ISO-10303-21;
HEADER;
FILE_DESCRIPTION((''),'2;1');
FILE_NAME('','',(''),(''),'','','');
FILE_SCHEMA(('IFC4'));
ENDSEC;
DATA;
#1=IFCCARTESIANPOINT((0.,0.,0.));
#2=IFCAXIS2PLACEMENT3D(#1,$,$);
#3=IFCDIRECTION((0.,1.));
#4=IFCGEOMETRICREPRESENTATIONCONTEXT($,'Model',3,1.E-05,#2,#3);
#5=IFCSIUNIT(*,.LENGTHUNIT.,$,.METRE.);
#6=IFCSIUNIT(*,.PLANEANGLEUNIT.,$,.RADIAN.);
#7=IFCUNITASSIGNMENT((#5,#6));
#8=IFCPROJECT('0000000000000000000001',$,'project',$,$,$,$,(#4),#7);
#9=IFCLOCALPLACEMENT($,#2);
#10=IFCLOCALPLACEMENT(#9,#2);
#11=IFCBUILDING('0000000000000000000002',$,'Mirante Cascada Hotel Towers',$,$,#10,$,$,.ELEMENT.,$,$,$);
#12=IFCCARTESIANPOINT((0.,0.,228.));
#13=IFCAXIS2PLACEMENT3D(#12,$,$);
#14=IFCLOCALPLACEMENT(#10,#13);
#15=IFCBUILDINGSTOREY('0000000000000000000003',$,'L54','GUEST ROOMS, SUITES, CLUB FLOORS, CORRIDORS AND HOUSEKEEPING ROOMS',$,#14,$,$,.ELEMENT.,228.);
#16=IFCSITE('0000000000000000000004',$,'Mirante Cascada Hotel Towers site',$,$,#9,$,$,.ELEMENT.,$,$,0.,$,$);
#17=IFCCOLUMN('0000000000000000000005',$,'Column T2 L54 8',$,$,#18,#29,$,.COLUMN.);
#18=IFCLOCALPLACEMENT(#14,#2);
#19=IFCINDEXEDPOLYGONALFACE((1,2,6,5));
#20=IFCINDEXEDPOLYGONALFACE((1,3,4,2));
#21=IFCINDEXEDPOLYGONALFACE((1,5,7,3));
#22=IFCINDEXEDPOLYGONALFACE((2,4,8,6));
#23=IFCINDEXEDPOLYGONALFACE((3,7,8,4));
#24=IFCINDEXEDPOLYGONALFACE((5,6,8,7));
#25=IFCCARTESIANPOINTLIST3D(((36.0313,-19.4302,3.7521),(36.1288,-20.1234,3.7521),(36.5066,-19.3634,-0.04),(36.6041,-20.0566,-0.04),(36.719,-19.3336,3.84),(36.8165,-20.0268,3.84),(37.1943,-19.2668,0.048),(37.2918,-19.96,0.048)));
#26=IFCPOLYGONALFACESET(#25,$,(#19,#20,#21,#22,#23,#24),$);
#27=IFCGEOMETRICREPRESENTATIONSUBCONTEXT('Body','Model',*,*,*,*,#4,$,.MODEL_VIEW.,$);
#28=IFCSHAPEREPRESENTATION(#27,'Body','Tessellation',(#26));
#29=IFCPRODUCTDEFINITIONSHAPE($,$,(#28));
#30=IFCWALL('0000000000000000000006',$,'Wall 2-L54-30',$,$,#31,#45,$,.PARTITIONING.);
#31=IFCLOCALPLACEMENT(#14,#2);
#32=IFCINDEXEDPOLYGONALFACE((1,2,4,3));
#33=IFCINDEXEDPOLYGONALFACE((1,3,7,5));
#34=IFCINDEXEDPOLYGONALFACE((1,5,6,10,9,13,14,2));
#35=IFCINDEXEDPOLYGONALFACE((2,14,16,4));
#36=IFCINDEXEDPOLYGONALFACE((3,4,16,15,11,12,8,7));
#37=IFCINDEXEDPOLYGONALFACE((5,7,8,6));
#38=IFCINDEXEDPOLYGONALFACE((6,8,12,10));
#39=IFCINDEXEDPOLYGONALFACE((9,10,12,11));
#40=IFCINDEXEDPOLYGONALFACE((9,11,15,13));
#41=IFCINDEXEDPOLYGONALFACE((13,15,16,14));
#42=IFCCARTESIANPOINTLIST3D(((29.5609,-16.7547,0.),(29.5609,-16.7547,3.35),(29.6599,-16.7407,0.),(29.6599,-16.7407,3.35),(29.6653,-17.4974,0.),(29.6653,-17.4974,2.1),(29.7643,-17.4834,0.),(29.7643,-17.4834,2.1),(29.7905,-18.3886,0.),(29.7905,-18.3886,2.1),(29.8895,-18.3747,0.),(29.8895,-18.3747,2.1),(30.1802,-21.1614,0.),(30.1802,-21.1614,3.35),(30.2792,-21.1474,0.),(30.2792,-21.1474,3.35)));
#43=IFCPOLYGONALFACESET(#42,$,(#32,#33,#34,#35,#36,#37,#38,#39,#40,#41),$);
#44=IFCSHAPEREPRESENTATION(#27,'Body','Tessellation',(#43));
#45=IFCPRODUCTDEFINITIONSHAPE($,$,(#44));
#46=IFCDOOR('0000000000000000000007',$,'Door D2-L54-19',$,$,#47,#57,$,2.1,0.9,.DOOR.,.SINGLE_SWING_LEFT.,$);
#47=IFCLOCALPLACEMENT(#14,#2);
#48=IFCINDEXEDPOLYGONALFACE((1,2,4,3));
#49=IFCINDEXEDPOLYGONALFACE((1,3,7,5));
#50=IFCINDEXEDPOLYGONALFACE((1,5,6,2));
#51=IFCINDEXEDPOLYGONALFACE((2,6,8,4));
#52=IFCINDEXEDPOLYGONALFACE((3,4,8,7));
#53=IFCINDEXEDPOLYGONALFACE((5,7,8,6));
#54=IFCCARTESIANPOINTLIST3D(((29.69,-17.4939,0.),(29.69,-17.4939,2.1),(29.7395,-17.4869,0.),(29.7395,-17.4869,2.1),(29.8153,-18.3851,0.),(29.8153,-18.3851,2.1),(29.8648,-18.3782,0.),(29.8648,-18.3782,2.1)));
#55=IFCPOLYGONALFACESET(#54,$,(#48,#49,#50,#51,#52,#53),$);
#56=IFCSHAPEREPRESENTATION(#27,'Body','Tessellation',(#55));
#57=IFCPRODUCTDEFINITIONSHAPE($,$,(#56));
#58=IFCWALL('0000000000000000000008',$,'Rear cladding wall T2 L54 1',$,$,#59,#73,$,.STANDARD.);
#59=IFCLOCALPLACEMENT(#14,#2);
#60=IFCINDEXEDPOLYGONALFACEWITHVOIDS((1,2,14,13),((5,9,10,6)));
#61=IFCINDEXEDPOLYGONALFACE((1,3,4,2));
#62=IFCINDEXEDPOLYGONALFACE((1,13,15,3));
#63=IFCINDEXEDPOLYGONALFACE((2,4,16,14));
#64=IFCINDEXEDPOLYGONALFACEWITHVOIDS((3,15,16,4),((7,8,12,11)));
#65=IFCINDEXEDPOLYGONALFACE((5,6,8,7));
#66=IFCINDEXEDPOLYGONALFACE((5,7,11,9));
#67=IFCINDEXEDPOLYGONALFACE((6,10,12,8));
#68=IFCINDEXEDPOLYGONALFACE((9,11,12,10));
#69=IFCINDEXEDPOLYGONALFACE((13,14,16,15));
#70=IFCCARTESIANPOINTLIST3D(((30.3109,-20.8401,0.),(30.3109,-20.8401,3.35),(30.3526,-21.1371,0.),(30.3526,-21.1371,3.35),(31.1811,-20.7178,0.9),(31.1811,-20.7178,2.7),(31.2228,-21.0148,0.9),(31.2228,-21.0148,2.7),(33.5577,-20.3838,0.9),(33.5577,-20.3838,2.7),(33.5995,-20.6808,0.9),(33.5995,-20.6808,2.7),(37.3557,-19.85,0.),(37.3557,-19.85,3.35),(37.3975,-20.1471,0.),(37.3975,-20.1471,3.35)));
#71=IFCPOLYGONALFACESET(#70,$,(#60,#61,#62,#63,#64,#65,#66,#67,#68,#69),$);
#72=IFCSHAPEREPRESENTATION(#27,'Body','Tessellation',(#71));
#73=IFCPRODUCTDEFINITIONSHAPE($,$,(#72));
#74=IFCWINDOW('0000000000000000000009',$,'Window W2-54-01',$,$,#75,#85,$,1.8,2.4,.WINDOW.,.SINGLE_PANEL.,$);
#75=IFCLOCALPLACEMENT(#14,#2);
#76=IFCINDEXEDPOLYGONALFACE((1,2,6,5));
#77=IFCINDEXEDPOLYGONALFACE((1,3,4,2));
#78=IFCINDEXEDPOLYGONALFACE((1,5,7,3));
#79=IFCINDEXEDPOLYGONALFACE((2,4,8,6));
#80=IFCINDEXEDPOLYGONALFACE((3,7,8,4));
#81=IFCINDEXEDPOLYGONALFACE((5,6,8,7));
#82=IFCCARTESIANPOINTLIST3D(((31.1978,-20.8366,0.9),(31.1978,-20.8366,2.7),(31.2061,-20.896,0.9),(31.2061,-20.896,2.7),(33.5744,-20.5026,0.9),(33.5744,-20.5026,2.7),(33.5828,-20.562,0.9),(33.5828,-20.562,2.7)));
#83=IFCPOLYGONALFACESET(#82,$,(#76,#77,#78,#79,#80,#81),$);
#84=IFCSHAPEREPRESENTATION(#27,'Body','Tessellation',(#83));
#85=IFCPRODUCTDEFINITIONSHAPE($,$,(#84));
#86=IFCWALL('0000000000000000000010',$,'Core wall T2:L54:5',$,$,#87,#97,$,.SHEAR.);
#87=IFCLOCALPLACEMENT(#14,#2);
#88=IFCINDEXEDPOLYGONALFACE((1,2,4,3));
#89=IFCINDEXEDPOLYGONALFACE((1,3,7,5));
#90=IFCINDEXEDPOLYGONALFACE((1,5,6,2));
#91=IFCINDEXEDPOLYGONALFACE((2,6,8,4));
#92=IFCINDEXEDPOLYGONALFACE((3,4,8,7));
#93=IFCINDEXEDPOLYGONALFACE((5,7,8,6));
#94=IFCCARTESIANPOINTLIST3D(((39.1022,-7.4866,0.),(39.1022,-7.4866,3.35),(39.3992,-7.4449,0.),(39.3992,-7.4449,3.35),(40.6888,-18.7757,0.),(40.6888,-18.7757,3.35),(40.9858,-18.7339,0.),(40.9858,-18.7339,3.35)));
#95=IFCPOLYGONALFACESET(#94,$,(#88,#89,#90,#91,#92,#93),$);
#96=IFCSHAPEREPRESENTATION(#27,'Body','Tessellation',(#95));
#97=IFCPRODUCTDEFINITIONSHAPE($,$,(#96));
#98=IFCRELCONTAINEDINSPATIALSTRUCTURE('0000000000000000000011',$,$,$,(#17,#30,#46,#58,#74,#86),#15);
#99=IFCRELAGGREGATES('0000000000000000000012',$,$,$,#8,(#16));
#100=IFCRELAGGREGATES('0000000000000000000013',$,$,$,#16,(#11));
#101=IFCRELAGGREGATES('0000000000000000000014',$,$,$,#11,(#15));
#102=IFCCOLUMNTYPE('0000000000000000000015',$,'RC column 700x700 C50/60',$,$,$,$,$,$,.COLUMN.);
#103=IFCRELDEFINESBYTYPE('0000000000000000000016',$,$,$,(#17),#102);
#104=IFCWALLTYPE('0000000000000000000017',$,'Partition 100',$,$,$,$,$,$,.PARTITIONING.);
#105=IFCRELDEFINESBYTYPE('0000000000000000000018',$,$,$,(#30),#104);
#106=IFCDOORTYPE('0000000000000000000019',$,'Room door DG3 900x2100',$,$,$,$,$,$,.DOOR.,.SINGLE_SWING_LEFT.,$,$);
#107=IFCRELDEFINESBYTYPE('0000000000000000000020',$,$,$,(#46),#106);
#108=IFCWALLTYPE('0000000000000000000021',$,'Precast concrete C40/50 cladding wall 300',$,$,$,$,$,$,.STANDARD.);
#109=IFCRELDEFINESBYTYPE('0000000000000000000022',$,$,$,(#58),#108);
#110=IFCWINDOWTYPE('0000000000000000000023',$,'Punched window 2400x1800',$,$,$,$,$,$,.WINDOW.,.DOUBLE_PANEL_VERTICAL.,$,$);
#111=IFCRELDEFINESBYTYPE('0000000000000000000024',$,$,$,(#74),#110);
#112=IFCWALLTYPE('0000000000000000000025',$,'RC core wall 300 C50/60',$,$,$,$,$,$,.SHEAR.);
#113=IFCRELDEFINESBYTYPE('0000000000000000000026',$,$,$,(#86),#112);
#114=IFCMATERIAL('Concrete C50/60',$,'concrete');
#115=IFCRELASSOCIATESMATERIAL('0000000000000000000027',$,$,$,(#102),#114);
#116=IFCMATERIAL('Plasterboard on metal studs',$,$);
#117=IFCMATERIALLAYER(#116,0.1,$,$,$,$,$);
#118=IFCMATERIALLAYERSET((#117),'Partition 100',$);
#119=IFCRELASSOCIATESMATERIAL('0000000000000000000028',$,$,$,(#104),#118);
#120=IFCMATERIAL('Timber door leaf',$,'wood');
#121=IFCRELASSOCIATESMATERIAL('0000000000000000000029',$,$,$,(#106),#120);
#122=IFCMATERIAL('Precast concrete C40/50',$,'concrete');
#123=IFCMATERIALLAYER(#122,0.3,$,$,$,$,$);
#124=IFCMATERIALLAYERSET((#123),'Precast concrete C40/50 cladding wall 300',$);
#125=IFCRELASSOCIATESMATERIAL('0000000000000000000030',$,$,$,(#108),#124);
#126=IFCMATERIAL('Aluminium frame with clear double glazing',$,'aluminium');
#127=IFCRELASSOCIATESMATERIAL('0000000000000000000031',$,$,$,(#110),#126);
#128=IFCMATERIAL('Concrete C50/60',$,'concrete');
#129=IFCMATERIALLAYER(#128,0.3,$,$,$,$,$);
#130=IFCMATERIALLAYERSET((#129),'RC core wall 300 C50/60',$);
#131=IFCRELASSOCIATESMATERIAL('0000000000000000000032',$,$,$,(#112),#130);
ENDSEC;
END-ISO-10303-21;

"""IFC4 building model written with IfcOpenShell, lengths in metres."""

from ifc_helpers import new_model, si_unit, direction, frame, frame_2d, origin, origin_2d, place, context, subcontext, project, spatial, rectangle, extrude, material, layer, layer_set, material_profile, profile_set, type_object, element, fill, save


model = new_model("IFC4")

# Units and contexts
model_context = context("Model", 3, precision=1e-05, world=origin(), true_north=direction((0.0, 1.0)))
body_context = subcontext(model_context, "Body", "Model", "MODEL_VIEW")
ifc_project = project(units=[si_unit("LENGTHUNIT", "METRE"), si_unit("PLANEANGLEUNIT", "RADIAN")], contexts=[model_context])

# Site, building, storey
site_placement = place(None, origin())
site = spatial("IfcSite", under=ifc_project, at=site_placement, Name="Mirante Cascada Hotel Towers site", CompositionType="ELEMENT", RefElevation=0.0)
building_placement = place(site_placement, origin())
building = spatial("IfcBuilding", under=site, at=building_placement, Name="Mirante Cascada Hotel Towers", CompositionType="ELEMENT")
storey_placement = place(building_placement, frame((0.0, 0.0, 228.0)))
storey = spatial("IfcBuildingStorey", under=building, at=storey_placement, Name="L54", Description="GUEST ROOMS, SUITES, CLUB FLOORS, CORRIDORS AND HOUSEKEEPING ROOMS", CompositionType="ELEMENT", Elevation=228.0)

# Column
ifc_material_1 = material(Name="Concrete C50/60", Category="concrete")
ifc_material_profile = material_profile(ifc_material_1, rectangle(XDim=0.7, YDim=0.7, at=origin_2d()), Name="RC column 700x700 C50/60")
ifc_profile_set = profile_set([ifc_material_profile], Name="Concrete C50/60")
column_type = type_object("IfcColumnType", Name="RC column 700x700 C50/60", PredefinedType="COLUMN", material=ifc_profile_set)
column_placement = place(storey_placement, frame((36.8992, -19.6617, 0.004), z_axis=(-0.124351, -0.017477, 0.992084), x_axis=(0.139175, -0.990268, 0.0)))
element("IfcColumn", 1, at=column_placement, inside=storey, type_object=column_type, Name="Column T2 L54 8", PredefinedType="COLUMN", context=body_context, shape_type="SweptSolid", body=[
    extrude(rectangle(XDim=0.7, YDim=0.7, at=origin_2d()), origin(), (0.0, 0.0, 1.0), 3.8223),
])

# Wall, opening, door
ifc_material_2 = material(Name="Plasterboard on metal studs")
ifc_layer_1 = layer(ifc_material_2, 0.1)
ifc_layer_set_1 = layer_set([ifc_layer_1], Name="Partition 100")
wall_type_1 = type_object("IfcWallType", Name="Partition 100", PredefinedType="PARTITIONING", material=ifc_layer_set_1)
wall_1_placement = place(storey_placement, frame((29.6104, -16.7477, 0.0), z_axis=(0.0, 0.0, 1.0), x_axis=(0.139168, -0.990269, 0.0)))
wall_1 = element("IfcWall", 2, at=wall_1_placement, inside=storey, type_object=wall_type_1, Name="Wall 2-L54-30", PredefinedType="PARTITIONING", context=body_context, shape_type="SweptSolid", body=[
    extrude(rectangle(XDim=4.45, YDim=0.1, at=frame_2d((2.225, 0.0))), origin(), (0.0, 0.0, 1.0), 3.35),
])
opening_1_placement = place(wall_1_placement, frame((0.75, 0.0, 0.0)))
opening_1 = element("IfcOpeningElement", 3, at=opening_1_placement, cuts=wall_1, PredefinedType="OPENING", context=body_context, shape_type="SweptSolid", body=[
    extrude(rectangle(XDim=0.9, YDim=2.1, at=frame_2d((0.45, 1.05))), frame((0.0, 0.05, 0.0), z_axis=(0.0, -1.0, 0.0), x_axis=(1.0, 0.0, 0.0)), (0.0, 0.0, 1.0), 0.1),
])
ifc_material_3 = material(Name="Timber door leaf", Category="wood")
door_type_1 = type_object("IfcDoorType", Name="Room door DG3 900x2100", OperationType="SINGLE_SWING_LEFT", PredefinedType="DOOR", material=ifc_material_3)
door_1_placement = place(opening_1_placement, origin())
door_1 = element("IfcDoor", 4, at=door_1_placement, inside=storey, type_object=door_type_1, Name="Door D2-L54-19", OperationType="SINGLE_SWING_LEFT", OverallHeight=2.1, OverallWidth=0.9, PredefinedType="DOOR", context=body_context, shape_type="SweptSolid", body=[
    extrude(rectangle(XDim=0.9, YDim=2.1, at=frame_2d((0.45, 1.05))), frame((0.0, 0.025, 0.0), z_axis=(0.0, -1.0, 0.0), x_axis=(1.0, 0.0, 0.0)), (0.0, 0.0, 1.0), 0.05),
])
fill(opening_1, door_1)

# Wall, opening, window
ifc_material_4 = material(Name="Precast concrete C40/50", Category="concrete")
ifc_layer_2 = layer(ifc_material_4, 0.3)
ifc_layer_set_2 = layer_set([ifc_layer_2], Name="Precast concrete C40/50 cladding wall 300")
wall_type_2 = type_object("IfcWallType", Name="Precast concrete C40/50 cladding wall 300", PredefinedType="STANDARD", material=ifc_layer_set_2)
wall_2_placement = place(storey_placement, frame((30.3318, -20.9886, 0.0), z_axis=(0.0, 0.0, 1.0), x_axis=(0.990268, 0.139174, 0.0)))
wall_2 = element("IfcWall", 5, at=wall_2_placement, inside=storey, type_object=wall_type_2, Name="Rear cladding wall T2 L54 1", PredefinedType="STANDARD", context=body_context, shape_type="SweptSolid", body=[
    extrude(rectangle(XDim=7.1141, YDim=0.3, at=frame_2d((3.557, 0.0))), origin(), (0.0, 0.0, 1.0), 3.35),
])
opening_2_placement = place(wall_2_placement, frame((0.8787, 0.0, 0.9)))
opening_2 = element("IfcOpeningElement", 6, at=opening_2_placement, cuts=wall_2, PredefinedType="OPENING", context=body_context, shape_type="SweptSolid", body=[
    extrude(rectangle(XDim=2.4, YDim=1.8, at=frame_2d((1.2, 0.9))), frame((0.0, 0.15, 0.0), z_axis=(0.0, -1.0, 0.0), x_axis=(1.0, 0.0, 0.0)), (0.0, 0.0, 1.0), 0.3),
])
ifc_material_5 = material(Name="Aluminium frame with clear double glazing", Category="aluminium")
window_type = type_object("IfcWindowType", Name="Punched window 2400x1800", PartitioningType="DOUBLE_PANEL_VERTICAL", PredefinedType="WINDOW", material=ifc_material_5)
window_placement = place(opening_2_placement, origin())
window = element("IfcWindow", 7, at=window_placement, inside=storey, type_object=window_type, Name="Window W2-54-01", OverallHeight=1.8, OverallWidth=2.4, PartitioningType="SINGLE_PANEL", PredefinedType="WINDOW", context=body_context, shape_type="SweptSolid", body=[
    extrude(rectangle(XDim=2.4, YDim=1.8, at=frame_2d((1.2, 0.9))), frame((0.0, 0.03, 0.0), z_axis=(0.0, -1.0, 0.0), x_axis=(1.0, 0.0, 0.0)), (0.0, 0.0, 1.0), 0.06),
])
fill(opening_2, window)

# Wall
ifc_material_6 = material(Name="Concrete C50/60", Category="concrete")
ifc_layer_3 = layer(ifc_material_6, 0.3)
ifc_layer_set_3 = layer_set([ifc_layer_3], Name="RC core wall 300 C50/60")
wall_type_3 = type_object("IfcWallType", Name="RC core wall 300 C50/60", PredefinedType="SHEAR", material=ifc_layer_set_3)
wall_3_placement = place(storey_placement, frame((40.8373, -18.7548, 0.0), z_axis=(0.0, 0.0, 1.0), x_axis=(-0.139175, 0.990268, 0.0)))
element("IfcWall", 8, at=wall_3_placement, inside=storey, type_object=wall_type_3, Name="Core wall T2:L54:5", PredefinedType="SHEAR", context=body_context, shape_type="SweptSolid", body=[
    extrude(rectangle(XDim=11.4, YDim=0.3, at=frame_2d((5.7, 0.0))), origin(), (0.0, 0.0, 1.0), 3.35),
])

save(model, "model.ifc")
